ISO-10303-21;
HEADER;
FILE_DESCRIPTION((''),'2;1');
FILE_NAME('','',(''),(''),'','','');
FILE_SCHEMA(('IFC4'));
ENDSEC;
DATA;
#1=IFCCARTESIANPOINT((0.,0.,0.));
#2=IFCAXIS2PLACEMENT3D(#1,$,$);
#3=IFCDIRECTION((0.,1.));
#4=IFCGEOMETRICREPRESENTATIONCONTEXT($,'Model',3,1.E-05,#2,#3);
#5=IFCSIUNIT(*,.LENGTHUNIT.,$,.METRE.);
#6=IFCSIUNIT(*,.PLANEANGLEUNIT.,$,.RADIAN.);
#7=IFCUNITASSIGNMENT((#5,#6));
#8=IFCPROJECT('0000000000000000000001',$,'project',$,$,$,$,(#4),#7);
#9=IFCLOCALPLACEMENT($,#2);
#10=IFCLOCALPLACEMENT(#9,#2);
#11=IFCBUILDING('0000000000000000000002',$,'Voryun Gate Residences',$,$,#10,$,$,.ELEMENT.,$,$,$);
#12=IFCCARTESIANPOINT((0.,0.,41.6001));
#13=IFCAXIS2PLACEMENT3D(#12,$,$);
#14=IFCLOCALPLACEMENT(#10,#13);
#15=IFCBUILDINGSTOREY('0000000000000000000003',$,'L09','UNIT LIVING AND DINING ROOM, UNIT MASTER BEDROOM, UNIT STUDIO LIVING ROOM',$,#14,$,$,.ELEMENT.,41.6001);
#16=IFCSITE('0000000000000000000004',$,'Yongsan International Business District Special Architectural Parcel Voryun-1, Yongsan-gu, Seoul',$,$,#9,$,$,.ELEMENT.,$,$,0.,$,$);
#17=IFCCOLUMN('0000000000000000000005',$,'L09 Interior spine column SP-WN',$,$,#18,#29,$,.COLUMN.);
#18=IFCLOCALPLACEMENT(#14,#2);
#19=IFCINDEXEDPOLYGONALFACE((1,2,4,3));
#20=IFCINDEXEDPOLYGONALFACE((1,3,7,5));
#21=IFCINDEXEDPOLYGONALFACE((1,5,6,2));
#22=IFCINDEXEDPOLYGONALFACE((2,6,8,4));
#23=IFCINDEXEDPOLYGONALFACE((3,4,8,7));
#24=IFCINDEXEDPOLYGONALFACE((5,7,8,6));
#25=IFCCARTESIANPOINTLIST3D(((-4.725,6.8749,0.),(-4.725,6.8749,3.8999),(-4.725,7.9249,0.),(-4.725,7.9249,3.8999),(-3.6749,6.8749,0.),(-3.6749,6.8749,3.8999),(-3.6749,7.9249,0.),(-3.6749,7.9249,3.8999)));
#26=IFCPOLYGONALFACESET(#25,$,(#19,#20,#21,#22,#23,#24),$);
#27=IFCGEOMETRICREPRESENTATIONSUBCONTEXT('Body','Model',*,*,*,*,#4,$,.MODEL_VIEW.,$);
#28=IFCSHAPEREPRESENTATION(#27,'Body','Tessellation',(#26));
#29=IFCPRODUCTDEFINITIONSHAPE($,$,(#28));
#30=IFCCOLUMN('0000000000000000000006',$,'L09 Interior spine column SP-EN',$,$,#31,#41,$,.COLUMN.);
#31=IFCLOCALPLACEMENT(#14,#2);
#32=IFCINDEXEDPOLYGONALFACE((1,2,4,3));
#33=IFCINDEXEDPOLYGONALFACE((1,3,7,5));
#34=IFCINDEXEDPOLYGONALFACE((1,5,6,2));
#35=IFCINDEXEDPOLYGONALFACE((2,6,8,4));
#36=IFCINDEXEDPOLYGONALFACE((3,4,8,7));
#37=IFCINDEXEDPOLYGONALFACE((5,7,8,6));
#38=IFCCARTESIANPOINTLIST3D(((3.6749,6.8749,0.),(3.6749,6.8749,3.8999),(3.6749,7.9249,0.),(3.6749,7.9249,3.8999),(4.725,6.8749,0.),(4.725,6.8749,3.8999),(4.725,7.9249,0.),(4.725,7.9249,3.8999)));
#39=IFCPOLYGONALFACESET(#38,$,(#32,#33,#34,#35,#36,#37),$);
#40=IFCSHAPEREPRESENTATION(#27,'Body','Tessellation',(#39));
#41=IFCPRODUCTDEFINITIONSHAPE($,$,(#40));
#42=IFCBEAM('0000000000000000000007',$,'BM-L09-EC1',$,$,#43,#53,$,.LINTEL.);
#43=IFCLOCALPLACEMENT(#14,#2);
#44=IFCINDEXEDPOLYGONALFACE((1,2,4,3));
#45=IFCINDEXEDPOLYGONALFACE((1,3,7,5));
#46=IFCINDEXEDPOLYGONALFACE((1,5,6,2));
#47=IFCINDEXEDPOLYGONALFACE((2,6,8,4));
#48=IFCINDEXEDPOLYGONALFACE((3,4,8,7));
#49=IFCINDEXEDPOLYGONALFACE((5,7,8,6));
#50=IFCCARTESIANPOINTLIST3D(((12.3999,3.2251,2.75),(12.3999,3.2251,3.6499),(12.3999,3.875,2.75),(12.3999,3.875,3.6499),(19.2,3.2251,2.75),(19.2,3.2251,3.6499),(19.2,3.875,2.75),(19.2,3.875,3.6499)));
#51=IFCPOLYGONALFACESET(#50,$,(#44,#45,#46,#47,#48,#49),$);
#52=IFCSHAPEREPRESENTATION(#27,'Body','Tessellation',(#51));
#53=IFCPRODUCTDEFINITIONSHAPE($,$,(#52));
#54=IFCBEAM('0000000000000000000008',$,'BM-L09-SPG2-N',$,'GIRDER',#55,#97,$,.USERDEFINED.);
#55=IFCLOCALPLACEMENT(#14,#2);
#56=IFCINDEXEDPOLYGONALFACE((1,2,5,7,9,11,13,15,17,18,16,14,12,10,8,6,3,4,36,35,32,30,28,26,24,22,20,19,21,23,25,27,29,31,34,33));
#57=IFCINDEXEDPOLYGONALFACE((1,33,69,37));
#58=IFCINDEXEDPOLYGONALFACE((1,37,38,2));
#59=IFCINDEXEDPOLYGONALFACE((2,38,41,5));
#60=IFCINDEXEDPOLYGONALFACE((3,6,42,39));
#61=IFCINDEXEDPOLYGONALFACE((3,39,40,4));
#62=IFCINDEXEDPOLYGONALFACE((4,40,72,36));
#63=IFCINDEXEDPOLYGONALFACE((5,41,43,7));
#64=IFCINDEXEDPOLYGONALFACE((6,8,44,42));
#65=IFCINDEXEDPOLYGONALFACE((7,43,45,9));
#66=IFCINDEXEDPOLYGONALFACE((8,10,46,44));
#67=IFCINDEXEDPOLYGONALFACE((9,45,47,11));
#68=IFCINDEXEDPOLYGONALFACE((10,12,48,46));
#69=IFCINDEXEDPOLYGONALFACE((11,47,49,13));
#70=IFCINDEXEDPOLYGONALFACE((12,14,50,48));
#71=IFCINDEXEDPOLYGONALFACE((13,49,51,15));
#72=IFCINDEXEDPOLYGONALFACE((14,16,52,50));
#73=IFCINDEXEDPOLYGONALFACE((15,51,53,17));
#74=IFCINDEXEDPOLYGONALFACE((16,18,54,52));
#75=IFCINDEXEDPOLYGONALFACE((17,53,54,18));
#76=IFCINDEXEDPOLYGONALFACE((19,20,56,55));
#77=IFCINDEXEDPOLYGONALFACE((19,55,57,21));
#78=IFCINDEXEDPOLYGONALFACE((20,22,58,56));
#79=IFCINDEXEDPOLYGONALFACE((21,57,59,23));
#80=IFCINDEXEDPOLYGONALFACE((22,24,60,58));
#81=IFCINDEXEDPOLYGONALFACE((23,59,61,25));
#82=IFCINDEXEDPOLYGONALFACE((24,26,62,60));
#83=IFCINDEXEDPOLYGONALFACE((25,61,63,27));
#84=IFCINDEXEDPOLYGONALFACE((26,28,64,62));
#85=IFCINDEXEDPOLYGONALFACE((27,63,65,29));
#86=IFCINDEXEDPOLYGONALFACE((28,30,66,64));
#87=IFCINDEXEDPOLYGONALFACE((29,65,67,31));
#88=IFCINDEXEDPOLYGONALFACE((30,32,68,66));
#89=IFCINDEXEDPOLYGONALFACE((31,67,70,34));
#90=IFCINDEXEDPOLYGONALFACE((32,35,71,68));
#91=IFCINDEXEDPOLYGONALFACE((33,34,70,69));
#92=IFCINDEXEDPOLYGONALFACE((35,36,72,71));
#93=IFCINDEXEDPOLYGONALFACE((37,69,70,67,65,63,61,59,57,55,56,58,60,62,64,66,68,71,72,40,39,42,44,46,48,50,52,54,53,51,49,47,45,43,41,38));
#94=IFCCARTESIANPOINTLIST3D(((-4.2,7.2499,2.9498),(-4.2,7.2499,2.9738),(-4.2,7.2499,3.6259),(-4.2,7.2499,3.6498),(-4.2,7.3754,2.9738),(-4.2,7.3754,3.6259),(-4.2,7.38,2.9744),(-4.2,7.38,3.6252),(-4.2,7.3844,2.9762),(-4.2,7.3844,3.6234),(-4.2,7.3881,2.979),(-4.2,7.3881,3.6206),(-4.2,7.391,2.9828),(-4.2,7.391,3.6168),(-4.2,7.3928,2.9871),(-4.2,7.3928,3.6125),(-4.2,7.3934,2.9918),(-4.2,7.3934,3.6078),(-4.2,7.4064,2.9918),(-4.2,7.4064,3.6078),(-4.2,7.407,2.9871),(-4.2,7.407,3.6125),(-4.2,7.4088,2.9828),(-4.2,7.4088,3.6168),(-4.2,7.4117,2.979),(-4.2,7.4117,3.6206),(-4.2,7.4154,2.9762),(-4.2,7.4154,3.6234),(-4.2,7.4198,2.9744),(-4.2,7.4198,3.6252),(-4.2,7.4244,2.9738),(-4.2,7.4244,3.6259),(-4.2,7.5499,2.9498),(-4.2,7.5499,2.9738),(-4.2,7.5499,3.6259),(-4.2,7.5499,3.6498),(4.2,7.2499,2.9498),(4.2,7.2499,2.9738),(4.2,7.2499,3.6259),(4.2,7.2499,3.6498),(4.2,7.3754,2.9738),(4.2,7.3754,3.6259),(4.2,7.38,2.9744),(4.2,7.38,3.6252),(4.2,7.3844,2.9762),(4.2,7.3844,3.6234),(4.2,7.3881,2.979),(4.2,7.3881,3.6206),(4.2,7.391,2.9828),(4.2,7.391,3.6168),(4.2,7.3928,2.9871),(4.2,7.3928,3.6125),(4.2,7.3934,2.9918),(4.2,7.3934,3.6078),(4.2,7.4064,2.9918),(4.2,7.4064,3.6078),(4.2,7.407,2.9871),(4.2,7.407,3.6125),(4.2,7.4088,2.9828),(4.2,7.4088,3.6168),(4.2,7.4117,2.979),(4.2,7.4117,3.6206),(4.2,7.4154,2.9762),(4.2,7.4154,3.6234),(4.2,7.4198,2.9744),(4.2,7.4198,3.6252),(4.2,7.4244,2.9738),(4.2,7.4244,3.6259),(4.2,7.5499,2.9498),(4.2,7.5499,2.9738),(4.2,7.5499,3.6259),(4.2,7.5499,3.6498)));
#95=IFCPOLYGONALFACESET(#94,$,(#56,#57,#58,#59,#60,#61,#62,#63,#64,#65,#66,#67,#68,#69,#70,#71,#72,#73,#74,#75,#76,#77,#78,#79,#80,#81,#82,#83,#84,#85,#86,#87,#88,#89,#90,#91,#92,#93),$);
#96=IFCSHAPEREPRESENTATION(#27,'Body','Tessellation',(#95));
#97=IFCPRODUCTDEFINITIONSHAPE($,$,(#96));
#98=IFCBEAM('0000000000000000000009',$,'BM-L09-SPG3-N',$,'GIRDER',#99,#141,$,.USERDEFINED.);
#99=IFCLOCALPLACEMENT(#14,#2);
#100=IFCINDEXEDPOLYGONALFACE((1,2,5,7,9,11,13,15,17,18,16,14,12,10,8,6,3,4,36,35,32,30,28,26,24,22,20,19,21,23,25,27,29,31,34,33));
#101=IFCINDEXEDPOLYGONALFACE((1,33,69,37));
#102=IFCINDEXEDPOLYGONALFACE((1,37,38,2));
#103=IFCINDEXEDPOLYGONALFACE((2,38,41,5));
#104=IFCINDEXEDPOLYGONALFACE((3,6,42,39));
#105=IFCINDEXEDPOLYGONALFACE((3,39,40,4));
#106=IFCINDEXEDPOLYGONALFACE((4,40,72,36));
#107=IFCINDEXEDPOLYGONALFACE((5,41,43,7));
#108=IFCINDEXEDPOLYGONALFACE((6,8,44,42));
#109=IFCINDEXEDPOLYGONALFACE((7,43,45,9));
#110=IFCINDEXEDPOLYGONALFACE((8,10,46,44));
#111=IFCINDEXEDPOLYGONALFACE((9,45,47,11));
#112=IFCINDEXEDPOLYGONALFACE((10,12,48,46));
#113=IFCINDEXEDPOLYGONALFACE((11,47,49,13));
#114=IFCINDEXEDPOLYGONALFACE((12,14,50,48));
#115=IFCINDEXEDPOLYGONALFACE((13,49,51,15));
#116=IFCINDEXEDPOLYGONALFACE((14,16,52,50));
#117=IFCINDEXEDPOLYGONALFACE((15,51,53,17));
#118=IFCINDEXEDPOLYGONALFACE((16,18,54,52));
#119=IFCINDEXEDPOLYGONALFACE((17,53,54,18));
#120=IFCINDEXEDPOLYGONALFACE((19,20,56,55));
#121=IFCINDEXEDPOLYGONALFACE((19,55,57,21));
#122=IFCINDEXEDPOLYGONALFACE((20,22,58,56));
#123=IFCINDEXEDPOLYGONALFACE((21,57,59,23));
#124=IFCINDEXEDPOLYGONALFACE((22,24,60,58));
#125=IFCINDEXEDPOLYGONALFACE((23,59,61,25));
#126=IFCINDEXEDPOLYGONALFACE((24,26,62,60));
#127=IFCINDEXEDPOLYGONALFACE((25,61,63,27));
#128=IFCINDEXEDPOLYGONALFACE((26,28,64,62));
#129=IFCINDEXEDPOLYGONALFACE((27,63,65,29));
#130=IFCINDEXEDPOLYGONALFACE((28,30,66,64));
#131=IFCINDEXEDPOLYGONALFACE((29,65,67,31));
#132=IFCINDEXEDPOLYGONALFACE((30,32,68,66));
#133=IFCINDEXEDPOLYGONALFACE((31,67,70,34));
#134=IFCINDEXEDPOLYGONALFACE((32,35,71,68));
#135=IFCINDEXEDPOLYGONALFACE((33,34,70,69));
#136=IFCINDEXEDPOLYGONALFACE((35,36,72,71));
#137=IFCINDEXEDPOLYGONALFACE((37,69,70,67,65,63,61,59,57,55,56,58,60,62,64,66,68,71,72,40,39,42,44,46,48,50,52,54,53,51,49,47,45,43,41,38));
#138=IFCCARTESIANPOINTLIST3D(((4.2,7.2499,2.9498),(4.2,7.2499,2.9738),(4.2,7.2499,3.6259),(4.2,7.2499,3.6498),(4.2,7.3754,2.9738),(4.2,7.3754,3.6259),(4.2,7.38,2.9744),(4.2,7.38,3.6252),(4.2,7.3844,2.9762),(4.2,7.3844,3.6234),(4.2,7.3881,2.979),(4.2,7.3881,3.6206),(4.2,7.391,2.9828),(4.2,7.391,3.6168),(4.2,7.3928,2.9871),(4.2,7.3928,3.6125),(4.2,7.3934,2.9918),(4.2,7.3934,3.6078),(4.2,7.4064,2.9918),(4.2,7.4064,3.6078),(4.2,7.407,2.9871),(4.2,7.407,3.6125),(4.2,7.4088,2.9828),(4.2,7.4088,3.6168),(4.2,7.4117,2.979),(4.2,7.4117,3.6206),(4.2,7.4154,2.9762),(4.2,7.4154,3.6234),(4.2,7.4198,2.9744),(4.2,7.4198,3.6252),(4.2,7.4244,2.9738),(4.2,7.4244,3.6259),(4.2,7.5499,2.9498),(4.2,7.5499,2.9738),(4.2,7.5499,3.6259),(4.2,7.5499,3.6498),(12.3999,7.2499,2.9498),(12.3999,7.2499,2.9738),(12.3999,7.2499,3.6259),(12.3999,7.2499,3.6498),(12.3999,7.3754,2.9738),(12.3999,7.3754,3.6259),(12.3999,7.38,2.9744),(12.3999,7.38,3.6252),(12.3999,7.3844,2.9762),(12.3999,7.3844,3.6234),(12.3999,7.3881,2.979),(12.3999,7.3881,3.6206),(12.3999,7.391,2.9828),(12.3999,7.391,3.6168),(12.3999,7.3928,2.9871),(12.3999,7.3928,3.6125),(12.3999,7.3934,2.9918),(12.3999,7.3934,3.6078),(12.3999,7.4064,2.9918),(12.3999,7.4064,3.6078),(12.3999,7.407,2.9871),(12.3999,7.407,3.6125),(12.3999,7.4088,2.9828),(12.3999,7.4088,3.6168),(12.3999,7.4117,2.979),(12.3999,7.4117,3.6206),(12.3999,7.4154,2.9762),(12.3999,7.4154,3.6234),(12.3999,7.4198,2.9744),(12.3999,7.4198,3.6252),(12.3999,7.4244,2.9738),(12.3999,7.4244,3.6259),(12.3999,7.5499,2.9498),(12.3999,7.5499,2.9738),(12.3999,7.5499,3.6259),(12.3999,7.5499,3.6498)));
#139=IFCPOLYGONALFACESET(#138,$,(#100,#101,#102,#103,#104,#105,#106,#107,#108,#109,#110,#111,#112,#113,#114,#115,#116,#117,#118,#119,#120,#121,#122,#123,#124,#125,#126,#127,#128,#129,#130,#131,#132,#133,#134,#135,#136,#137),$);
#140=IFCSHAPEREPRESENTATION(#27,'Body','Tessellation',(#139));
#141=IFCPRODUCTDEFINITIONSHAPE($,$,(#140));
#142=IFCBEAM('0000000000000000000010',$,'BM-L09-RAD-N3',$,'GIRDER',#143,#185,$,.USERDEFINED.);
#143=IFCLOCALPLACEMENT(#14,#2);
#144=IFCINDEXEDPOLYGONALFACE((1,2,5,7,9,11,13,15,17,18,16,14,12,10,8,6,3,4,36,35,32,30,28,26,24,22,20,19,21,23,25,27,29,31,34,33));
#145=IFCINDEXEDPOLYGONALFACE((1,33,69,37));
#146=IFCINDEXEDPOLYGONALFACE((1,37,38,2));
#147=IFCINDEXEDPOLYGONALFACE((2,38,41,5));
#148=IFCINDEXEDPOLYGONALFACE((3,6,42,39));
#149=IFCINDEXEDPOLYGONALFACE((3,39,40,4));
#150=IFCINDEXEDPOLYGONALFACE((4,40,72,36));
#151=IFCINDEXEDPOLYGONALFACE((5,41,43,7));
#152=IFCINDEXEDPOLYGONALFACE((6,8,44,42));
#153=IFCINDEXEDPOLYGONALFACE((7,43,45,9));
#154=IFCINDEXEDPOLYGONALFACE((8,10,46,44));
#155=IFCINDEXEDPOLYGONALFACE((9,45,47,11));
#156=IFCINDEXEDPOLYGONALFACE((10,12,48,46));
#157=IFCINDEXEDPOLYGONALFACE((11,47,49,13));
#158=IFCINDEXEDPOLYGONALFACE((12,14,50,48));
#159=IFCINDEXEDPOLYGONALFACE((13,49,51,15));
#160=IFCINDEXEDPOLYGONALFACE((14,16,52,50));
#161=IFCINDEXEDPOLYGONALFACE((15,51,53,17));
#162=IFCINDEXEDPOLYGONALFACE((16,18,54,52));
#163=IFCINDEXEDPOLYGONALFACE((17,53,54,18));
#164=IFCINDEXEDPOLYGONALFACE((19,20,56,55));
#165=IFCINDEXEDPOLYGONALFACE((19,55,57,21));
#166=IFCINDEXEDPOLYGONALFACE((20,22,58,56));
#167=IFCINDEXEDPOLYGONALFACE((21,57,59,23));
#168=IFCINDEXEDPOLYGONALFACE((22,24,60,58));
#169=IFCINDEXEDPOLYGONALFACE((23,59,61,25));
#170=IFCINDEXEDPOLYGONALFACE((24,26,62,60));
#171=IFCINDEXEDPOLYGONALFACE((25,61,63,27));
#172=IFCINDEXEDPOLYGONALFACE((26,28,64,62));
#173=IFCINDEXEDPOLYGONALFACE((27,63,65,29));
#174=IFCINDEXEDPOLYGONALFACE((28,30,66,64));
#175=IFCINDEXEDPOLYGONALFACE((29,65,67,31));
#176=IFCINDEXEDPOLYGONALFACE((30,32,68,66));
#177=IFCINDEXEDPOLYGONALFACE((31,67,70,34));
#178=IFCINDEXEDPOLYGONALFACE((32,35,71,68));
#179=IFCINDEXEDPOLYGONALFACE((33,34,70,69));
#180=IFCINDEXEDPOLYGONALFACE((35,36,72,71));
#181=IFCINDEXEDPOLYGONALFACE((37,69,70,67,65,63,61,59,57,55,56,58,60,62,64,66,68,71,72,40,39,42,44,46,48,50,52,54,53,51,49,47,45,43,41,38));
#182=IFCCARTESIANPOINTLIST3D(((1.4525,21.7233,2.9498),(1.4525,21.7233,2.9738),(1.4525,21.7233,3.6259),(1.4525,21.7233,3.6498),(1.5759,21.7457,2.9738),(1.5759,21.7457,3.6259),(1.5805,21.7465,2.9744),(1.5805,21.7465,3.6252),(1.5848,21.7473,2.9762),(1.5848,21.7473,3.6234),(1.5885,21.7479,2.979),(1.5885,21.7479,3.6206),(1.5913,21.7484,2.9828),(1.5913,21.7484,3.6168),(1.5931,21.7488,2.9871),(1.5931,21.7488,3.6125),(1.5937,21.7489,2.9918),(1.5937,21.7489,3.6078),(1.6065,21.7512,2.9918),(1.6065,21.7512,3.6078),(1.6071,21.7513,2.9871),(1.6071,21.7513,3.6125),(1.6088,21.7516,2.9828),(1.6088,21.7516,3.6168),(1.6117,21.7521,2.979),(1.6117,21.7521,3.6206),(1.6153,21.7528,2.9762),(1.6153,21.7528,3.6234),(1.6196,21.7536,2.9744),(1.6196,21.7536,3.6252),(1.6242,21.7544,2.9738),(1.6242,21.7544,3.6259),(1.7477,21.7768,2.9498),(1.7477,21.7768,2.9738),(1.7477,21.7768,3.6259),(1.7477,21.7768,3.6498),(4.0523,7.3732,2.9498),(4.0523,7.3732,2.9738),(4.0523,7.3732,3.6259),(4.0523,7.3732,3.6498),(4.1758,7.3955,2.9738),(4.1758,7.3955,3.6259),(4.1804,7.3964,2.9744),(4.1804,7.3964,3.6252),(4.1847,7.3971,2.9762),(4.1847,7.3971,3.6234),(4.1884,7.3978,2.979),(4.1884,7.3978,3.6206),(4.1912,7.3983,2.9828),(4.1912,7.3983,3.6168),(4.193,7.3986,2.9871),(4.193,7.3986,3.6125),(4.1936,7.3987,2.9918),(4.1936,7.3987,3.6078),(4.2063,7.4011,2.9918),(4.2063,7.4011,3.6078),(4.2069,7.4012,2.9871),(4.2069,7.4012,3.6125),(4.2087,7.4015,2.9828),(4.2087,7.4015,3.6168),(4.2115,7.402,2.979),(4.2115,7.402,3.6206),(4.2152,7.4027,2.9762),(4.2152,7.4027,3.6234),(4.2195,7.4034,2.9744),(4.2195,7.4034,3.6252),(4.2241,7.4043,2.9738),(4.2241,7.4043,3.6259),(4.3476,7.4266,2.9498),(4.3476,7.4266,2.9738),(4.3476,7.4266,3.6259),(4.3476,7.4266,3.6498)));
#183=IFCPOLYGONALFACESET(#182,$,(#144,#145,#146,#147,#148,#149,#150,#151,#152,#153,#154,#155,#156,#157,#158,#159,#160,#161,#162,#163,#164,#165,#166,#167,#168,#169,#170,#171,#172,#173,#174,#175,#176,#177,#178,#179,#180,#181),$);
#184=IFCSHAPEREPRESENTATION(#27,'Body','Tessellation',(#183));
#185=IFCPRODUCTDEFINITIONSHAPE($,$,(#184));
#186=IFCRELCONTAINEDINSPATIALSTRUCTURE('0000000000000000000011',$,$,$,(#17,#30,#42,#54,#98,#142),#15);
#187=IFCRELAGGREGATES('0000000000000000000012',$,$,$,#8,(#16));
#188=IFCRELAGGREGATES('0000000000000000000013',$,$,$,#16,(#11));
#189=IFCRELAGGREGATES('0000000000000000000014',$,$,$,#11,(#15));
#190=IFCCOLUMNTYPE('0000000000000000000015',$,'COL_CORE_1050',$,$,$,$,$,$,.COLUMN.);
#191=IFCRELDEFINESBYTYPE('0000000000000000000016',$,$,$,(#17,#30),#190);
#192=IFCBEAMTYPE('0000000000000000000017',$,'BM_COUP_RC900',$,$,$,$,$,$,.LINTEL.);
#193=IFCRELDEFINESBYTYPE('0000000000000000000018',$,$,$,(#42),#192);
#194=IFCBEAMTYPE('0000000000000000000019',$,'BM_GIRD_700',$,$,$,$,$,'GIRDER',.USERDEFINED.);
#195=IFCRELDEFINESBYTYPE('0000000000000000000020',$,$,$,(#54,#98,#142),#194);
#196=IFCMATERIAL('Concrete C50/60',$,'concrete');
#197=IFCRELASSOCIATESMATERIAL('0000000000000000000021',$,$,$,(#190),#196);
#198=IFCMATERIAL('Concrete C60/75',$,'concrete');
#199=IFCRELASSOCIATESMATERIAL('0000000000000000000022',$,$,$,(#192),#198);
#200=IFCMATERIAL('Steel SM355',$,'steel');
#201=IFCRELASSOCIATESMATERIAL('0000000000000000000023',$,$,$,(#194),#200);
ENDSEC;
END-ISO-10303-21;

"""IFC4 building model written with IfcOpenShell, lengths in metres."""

from ifc_helpers import new_model, si_unit, direction, frame, origin, origin_2d, place, context, subcontext, project, spatial, rectangle, i_section, extrude, material, material_profile, profile_set, type_object, element, save


model = new_model("IFC4")

# Units and contexts
model_context = context("Model", 3, precision=1e-05, world=origin(), true_north=direction((0.0, 1.0)))
body_context = subcontext(model_context, "Body", "Model", "MODEL_VIEW")
ifc_project = project(units=[si_unit("LENGTHUNIT", "METRE"), si_unit("PLANEANGLEUNIT", "RADIAN")], contexts=[model_context])

# Site, building, storey
site_placement = place(None, origin())
site = spatial("IfcSite", under=ifc_project, at=site_placement, Name="Yongsan International Business District Special Architectural Parcel Voryun-1, Yongsan-gu, Seoul", CompositionType="ELEMENT", RefElevation=0.0)
building_placement = place(site_placement, origin())
building = spatial("IfcBuilding", under=site, at=building_placement, Name="Voryun Gate Residences", CompositionType="ELEMENT")
storey_placement = place(building_placement, frame((0.0, 0.0, 41.6001)))
storey = spatial("IfcBuildingStorey", under=building, at=storey_placement, Name="L09", Description="UNIT LIVING AND DINING ROOM, UNIT MASTER BEDROOM, UNIT STUDIO LIVING ROOM", CompositionType="ELEMENT", Elevation=41.6001)

# Columns
ifc_material_1 = material(Name="Concrete C50/60", Category="concrete")
ifc_material_profile_1 = material_profile(ifc_material_1, rectangle(XDim=1.05, YDim=1.05, at=origin_2d()), Name="RC-1050x1050")
ifc_profile_set_1 = profile_set([ifc_material_profile_1], Name="Concrete C50/60")
column_type = type_object("IfcColumnType", Name="COL_CORE_1050", PredefinedType="COLUMN", material=ifc_profile_set_1)
for number, where, z_axis, x_axis, name in (
    (1, (-4.2, 7.3999, 0.0), (0.0, 0.0, 1.0), (1.0, 0.0, 0.0), "L09 Interior spine column SP-WN"),
    (2, (4.2, 7.3999, 0.0), (0.0, 0.0, 1.0), (1.0, 0.0, 0.0), "L09 Interior spine column SP-EN"),
):
    element("IfcColumn", number, at=place(storey_placement, frame(where, z_axis=z_axis, x_axis=x_axis)), inside=storey, type_object=column_type, Name=name, PredefinedType="COLUMN", context=body_context, shape_type="SweptSolid", body=[
        extrude(rectangle(XDim=1.05, YDim=1.05, at=origin_2d()), origin(), (0.0, 0.0, 1.0), 3.8999),
    ])

# Beams
ifc_material_2 = material(Name="Concrete C60/75", Category="concrete")
ifc_material_profile_2 = material_profile(ifc_material_2, rectangle(XDim=0.6499, YDim=0.8999, at=origin_2d()), Name="RC-650x900")
ifc_profile_set_2 = profile_set([ifc_material_profile_2], Name="Concrete C60/75")
beam_type_1 = type_object("IfcBeamType", Name="BM_COUP_RC900", PredefinedType="LINTEL", material=ifc_profile_set_2)
beam_1_placement = place(storey_placement, frame((12.3999, 3.55, 3.2), z_axis=(1.0, 0.0, 0.0), x_axis=(0.0, 1.0, 0.0)))
element("IfcBeam", 3, at=beam_1_placement, inside=storey, type_object=beam_type_1, Name="BM-L09-EC1", PredefinedType="LINTEL", context=body_context, shape_type="SweptSolid", body=[
    extrude(rectangle(XDim=0.6499, YDim=0.8999, at=origin_2d()), origin(), (0.0, 0.0, 1.0), 6.8),
])
ifc_material_3 = material(Name="Steel SM355", Category="steel")
ifc_material_profile_3 = material_profile(ifc_material_3, i_section(OverallWidth=0.3, OverallDepth=0.7, WebThickness=0.0129, FlangeThickness=0.0239, FilletRadius=0.0181, at=origin_2d()), Name="H-700x300x13x24")
ifc_profile_set_3 = profile_set([ifc_material_profile_3], Name="Steel SM355")
beam_type_2 = type_object("IfcBeamType", Name="BM_GIRD_700", ElementType="GIRDER", PredefinedType="USERDEFINED", material=ifc_profile_set_3)
beam_2_placement = place(storey_placement, frame((-4.2, 7.3999, 3.2998), z_axis=(1.0, 0.0, 0.0), x_axis=(0.0, 1.0, 0.0)))
element("IfcBeam", 4, at=beam_2_placement, inside=storey, type_object=beam_type_2, Name="BM-L09-SPG2-N", ObjectType="GIRDER", PredefinedType="USERDEFINED", context=body_context, shape_type="SweptSolid", body=[
    extrude(i_section(OverallWidth=0.3, OverallDepth=0.7, WebThickness=0.0129, FlangeThickness=0.0239, FilletRadius=0.0181, at=origin_2d()), origin(), (0.0, 0.0, 1.0), 8.3999),
])
beam_3_placement = place(storey_placement, frame((4.2, 7.3999, 3.2998), z_axis=(1.0, 0.0, 0.0), x_axis=(0.0, 1.0, 0.0)))
element("IfcBeam", 5, at=beam_3_placement, inside=storey, type_object=beam_type_2, Name="BM-L09-SPG3-N", ObjectType="GIRDER", PredefinedType="USERDEFINED", context=body_context, shape_type="SweptSolid", body=[
    extrude(i_section(OverallWidth=0.3, OverallDepth=0.7, WebThickness=0.0129, FlangeThickness=0.0239, FilletRadius=0.0181, at=origin_2d()), origin(), (0.0, 0.0, 1.0), 8.2),
])
beam_4_placement = place(storey_placement, frame((4.2, 7.3999, 3.2998), z_axis=(-0.178271, 0.983981, 0.0), x_axis=(-0.983981, -0.178271, 0.0)))
element("IfcBeam", 6, at=beam_4_placement, inside=storey, type_object=beam_type_2, Name="BM-L09-RAD-N3", ObjectType="GIRDER", PredefinedType="USERDEFINED", context=body_context, shape_type="SweptSolid", body=[
    extrude(i_section(OverallWidth=0.3, OverallDepth=0.7, WebThickness=0.0129, FlangeThickness=0.0239, FilletRadius=0.0181, at=origin_2d()), origin(), (0.0, 0.0, 1.0), 14.5837),
])

save(model, "model.ifc")
